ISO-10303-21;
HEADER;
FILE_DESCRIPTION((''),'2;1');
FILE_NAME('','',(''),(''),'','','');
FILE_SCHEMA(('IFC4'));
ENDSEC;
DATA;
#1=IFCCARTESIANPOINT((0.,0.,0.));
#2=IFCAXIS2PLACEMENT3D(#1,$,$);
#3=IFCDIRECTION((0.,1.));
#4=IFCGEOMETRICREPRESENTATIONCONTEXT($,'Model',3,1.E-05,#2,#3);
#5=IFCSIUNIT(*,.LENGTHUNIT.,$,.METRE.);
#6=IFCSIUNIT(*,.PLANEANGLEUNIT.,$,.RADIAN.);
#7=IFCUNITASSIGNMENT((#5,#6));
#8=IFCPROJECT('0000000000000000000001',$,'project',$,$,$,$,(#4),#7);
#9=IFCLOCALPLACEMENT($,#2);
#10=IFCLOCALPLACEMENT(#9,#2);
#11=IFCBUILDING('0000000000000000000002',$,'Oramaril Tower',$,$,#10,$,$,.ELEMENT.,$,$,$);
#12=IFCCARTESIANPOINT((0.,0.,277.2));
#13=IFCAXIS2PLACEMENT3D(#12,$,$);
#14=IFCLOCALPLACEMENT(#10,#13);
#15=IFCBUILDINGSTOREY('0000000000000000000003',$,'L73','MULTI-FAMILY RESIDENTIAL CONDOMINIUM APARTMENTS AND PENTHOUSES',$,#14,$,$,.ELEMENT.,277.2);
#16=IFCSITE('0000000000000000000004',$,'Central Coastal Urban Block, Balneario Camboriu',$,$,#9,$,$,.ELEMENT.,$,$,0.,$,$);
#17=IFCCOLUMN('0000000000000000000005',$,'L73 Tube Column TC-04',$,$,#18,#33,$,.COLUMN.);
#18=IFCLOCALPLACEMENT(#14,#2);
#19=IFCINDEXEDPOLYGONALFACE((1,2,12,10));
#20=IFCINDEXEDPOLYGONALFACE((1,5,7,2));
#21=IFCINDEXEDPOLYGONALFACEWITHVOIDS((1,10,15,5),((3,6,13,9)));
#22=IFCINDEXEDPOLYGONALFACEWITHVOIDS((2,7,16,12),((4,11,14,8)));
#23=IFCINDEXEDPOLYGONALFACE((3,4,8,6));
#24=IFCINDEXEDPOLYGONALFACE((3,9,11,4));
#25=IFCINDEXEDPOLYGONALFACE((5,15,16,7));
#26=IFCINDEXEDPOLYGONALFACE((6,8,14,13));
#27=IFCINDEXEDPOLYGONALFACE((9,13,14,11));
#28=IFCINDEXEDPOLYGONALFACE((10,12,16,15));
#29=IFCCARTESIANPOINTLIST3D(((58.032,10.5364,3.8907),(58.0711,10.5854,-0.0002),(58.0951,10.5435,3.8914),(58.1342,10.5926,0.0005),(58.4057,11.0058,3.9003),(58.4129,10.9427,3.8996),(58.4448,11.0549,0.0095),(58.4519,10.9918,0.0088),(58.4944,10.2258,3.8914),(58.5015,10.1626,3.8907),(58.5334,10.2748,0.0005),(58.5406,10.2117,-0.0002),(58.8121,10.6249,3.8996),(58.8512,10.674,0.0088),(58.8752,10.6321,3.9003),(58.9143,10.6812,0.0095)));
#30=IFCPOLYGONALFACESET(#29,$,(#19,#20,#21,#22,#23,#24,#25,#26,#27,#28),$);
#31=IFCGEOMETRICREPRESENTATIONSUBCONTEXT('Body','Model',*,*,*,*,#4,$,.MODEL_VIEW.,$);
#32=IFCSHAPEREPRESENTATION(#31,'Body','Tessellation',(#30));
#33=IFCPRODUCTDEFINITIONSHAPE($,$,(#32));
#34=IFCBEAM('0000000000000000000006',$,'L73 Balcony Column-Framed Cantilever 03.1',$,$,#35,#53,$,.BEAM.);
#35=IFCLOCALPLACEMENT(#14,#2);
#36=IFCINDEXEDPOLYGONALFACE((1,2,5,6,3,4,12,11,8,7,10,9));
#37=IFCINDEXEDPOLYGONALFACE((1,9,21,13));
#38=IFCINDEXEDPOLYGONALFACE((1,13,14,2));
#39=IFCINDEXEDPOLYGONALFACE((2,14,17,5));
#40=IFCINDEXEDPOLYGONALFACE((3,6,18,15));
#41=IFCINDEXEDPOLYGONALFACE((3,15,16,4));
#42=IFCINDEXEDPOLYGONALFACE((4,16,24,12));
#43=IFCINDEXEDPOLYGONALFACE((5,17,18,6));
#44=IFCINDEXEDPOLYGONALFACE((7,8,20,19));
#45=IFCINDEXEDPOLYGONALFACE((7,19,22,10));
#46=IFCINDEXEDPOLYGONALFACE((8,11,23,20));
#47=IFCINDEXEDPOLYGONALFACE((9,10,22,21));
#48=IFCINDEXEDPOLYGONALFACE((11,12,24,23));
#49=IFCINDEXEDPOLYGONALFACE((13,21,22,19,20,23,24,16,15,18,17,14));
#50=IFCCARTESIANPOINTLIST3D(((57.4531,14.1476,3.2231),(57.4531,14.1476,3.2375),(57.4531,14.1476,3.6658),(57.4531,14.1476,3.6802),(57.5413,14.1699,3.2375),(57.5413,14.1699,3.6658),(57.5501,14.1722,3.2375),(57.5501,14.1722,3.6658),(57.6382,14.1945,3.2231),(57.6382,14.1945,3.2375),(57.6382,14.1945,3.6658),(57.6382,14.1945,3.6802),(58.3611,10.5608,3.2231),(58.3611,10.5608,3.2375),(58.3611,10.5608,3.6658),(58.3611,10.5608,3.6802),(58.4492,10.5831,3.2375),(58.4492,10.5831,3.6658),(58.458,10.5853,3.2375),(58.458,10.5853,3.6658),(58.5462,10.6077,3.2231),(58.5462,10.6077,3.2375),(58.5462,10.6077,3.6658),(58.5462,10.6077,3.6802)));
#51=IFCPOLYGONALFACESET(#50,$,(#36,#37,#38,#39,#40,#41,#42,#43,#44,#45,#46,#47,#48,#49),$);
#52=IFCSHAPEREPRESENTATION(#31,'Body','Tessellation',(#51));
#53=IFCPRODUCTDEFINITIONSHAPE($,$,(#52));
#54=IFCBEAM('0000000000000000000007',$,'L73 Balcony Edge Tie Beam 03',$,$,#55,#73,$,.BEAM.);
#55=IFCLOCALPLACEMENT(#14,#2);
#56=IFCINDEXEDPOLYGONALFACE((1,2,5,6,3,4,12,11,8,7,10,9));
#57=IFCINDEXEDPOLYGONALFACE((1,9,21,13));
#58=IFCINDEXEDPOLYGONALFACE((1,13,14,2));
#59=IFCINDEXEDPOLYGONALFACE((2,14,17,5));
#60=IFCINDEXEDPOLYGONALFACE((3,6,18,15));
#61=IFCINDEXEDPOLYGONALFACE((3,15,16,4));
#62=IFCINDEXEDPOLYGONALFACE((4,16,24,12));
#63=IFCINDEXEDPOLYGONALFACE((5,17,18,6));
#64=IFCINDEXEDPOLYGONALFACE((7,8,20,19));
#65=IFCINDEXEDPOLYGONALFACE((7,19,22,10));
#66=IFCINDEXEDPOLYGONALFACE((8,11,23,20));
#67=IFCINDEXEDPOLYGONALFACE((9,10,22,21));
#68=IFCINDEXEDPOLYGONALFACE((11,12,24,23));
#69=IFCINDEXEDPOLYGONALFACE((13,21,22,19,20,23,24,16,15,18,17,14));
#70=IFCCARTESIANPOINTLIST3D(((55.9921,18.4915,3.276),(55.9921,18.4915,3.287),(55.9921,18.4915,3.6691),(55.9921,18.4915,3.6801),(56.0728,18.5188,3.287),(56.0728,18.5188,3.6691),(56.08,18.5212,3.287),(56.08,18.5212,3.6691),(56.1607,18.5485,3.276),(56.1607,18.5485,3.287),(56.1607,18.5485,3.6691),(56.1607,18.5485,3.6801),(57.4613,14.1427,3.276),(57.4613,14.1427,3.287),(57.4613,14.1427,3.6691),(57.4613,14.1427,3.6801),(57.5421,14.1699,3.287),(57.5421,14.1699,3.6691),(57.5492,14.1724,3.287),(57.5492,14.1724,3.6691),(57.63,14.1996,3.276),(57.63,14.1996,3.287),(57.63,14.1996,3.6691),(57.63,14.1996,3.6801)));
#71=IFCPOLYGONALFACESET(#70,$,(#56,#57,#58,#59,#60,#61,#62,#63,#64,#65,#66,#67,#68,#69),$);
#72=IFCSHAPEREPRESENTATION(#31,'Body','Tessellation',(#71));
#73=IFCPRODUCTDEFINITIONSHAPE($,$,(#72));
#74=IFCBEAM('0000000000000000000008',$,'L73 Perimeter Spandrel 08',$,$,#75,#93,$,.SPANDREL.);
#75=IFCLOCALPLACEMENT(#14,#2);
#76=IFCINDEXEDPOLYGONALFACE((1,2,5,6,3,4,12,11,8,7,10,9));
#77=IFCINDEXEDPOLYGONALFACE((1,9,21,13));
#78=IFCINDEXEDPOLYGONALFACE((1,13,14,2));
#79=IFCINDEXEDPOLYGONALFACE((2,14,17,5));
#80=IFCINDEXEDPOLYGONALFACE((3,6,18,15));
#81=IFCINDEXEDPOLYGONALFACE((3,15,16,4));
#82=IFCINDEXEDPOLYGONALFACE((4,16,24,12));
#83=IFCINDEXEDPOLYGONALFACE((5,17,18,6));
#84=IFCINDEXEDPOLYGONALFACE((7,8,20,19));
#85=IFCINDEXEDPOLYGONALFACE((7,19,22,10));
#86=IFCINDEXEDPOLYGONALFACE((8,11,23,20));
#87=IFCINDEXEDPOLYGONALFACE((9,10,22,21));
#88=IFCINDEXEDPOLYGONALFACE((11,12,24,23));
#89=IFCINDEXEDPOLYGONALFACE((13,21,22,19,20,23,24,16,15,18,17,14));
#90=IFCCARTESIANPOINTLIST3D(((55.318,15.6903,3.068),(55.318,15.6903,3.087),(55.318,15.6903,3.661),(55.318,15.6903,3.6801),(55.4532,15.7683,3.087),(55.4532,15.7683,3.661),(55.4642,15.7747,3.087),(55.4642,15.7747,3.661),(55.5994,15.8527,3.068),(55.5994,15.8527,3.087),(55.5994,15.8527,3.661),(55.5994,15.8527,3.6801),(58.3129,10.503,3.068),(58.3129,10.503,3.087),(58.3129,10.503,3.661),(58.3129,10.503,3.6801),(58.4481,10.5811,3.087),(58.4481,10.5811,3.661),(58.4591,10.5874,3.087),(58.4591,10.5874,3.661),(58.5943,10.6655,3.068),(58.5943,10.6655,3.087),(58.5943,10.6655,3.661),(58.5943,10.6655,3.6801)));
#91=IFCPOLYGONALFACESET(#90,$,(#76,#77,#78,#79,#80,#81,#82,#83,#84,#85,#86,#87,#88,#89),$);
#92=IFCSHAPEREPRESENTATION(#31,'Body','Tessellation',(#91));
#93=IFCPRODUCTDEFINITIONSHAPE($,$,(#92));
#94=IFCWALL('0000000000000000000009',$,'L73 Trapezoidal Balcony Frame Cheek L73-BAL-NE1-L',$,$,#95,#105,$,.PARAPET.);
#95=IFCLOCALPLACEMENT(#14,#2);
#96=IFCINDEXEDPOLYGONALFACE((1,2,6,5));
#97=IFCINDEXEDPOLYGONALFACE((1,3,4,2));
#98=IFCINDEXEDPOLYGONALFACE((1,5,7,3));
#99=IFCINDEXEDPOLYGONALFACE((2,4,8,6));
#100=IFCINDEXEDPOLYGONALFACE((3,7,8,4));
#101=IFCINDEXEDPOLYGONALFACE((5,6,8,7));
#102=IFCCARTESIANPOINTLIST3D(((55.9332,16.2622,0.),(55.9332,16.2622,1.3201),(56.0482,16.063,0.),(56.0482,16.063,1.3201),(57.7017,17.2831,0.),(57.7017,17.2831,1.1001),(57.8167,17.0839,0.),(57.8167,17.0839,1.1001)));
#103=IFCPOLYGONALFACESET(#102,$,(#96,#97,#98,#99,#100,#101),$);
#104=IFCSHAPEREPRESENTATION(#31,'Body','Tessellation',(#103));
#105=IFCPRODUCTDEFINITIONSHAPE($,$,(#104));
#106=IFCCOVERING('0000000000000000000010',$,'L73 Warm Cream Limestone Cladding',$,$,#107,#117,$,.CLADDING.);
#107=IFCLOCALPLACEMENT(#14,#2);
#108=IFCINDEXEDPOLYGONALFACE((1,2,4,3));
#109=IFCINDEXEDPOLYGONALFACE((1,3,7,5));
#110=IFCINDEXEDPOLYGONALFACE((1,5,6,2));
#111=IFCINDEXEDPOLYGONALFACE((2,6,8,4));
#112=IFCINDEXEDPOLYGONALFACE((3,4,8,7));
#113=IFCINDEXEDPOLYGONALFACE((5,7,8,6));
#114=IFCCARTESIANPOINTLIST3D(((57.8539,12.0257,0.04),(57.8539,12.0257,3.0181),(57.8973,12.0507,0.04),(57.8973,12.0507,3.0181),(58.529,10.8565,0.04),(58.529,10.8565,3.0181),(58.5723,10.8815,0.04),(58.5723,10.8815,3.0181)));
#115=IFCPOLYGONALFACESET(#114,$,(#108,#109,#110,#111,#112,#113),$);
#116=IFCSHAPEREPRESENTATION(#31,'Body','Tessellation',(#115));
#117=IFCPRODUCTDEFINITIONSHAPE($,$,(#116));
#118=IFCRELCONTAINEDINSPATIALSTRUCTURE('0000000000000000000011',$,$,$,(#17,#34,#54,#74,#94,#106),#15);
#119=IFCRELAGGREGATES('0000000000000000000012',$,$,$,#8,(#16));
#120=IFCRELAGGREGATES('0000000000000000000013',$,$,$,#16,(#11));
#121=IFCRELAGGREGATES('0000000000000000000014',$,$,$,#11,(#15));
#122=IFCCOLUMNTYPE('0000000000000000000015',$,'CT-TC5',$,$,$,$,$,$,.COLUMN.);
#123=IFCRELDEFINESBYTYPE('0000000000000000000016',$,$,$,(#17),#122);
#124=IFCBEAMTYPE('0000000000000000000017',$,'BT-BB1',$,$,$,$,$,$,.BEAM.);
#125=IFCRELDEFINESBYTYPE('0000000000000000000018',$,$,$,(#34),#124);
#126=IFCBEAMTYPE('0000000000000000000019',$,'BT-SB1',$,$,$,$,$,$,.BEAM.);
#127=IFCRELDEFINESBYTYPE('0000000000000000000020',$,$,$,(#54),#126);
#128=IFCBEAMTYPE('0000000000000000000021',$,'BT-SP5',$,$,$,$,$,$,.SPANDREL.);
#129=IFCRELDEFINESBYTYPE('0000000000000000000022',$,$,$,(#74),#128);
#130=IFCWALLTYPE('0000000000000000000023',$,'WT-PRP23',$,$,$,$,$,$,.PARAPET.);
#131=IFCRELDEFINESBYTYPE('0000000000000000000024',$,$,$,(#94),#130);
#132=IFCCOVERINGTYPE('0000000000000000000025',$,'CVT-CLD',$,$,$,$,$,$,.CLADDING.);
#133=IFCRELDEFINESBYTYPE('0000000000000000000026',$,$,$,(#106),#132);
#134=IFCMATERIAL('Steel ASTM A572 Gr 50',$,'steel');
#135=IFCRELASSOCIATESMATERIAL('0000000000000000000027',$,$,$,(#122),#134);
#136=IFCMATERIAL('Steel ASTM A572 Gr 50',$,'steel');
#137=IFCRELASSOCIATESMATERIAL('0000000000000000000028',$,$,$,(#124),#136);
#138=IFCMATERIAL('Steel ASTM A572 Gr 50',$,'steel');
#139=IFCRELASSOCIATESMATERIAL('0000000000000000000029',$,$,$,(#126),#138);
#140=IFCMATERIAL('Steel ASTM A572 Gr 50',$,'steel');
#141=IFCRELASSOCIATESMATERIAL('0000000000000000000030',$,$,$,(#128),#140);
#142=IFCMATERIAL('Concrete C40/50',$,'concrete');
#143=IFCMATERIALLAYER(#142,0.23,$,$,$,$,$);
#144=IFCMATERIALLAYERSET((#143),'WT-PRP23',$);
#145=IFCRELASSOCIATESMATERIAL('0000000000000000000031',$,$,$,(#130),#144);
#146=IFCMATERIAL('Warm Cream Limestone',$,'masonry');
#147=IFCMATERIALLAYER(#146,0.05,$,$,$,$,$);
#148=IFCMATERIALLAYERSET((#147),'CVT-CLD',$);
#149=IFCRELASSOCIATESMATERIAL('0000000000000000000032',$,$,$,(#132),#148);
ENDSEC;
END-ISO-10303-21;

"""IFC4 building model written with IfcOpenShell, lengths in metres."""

from ifc_helpers import new_model, si_unit, direction, frame, origin, origin_2d, place, context, subcontext, project, spatial, polyline, rectangle, hollow_rectangle, i_section, outline, extrude, material, layer, layer_set, material_profile, profile_set, type_object, element, save


model = new_model("IFC4")

# Units and contexts
model_context = context("Model", 3, precision=1e-05, world=origin(), true_north=direction((0.0, 1.0)))
body_context = subcontext(model_context, "Body", "Model", "MODEL_VIEW")
ifc_project = project(units=[si_unit("LENGTHUNIT", "METRE"), si_unit("PLANEANGLEUNIT", "RADIAN")], contexts=[model_context])

# Site, building, storey
site_placement = place(None, origin())
site = spatial("IfcSite", under=ifc_project, at=site_placement, Name="Central Coastal Urban Block, Balneario Camboriu", CompositionType="ELEMENT", RefElevation=0.0)
building_placement = place(site_placement, origin())
building = spatial("IfcBuilding", under=site, at=building_placement, Name="Oramaril Tower", CompositionType="ELEMENT")
storey_placement = place(building_placement, frame((0.0, 0.0, 277.2)))
storey = spatial("IfcBuildingStorey", under=building, at=storey_placement, Name="L73", Description="MULTI-FAMILY RESIDENTIAL CONDOMINIUM APARTMENTS AND PENTHOUSES", CompositionType="ELEMENT", Elevation=277.2)

# Column
ifc_material_1 = material(Name="Steel ASTM A572 Gr 50", Category="steel")
ifc_material_profile_1 = material_profile(ifc_material_1, hollow_rectangle(XDim=0.6001, YDim=0.6001, WallThickness=0.0449, at=origin_2d()), Name="BOX600X600X45")
ifc_profile_set_1 = profile_set([ifc_material_profile_1], Name="Steel ASTM A572 Gr 50")
column_type = type_object("IfcColumnType", Name="CT-TC5", PredefinedType="COLUMN", material=ifc_profile_set_1)
column_placement = place(storey_placement, frame((58.4927, 10.6333, 0.0046), z_axis=(-0.010038, -0.012611, 0.99987), x_axis=(0.782386, -0.622794, 0.0)))
element("IfcColumn", 1, at=column_placement, inside=storey, type_object=column_type, Name="L73 Tube Column TC-04", PredefinedType="COLUMN", context=body_context, shape_type="SweptSolid", body=[
    extrude(hollow_rectangle(XDim=0.6001, YDim=0.6001, WallThickness=0.0449, at=origin_2d()), origin(), (0.0, 0.0, 1.0), 3.8914),
])

# Beams
ifc_material_2 = material(Name="Steel ASTM A572 Gr 50", Category="steel")
ifc_material_profile_2 = material_profile(ifc_material_2, i_section(OverallWidth=0.1909, OverallDepth=0.457, WebThickness=0.009, FlangeThickness=0.0144, at=origin_2d()), Name="W18X50")
ifc_profile_set_2 = profile_set([ifc_material_profile_2], Name="Steel ASTM A572 Gr 50")
beam_type_1 = type_object("IfcBeamType", Name="BT-BB1", PredefinedType="BEAM", material=ifc_profile_set_2)
beam_1_placement = place(storey_placement, frame((58.4536, 10.5842, 3.4517), z_axis=(-0.245391, 0.969424, 0.0), x_axis=(-0.969424, -0.245391, 0.0)))
element("IfcBeam", 2, at=beam_1_placement, inside=storey, type_object=beam_type_1, Name="L73 Balcony Column-Framed Cantilever 03.1", PredefinedType="BEAM", context=body_context, shape_type="SweptSolid", body=[
    extrude(i_section(OverallWidth=0.1909, OverallDepth=0.457, WebThickness=0.009, FlangeThickness=0.0144, at=origin_2d()), origin(), (0.0, 0.0, 1.0), 3.7),
])
ifc_material_3 = material(Name="Steel ASTM A572 Gr 50", Category="steel")
ifc_material_profile_3 = material_profile(ifc_material_3, i_section(OverallWidth=0.178, OverallDepth=0.4041, WebThickness=0.0076, FlangeThickness=0.011, at=origin_2d()), Name="W16X36")
ifc_profile_set_3 = profile_set([ifc_material_profile_3], Name="Steel ASTM A572 Gr 50")
beam_type_2 = type_object("IfcBeamType", Name="BT-SB1", PredefinedType="BEAM", material=ifc_profile_set_3)
beam_2_placement = place(storey_placement, frame((57.5457, 14.1711, 3.478), z_axis=(-0.32007, 0.947394, 0.0), x_axis=(-0.947394, -0.32007, 0.0)))
element("IfcBeam", 3, at=beam_2_placement, inside=storey, type_object=beam_type_2, Name="L73 Balcony Edge Tie Beam 03", PredefinedType="BEAM", context=body_context, shape_type="SweptSolid", body=[
    extrude(i_section(OverallWidth=0.178, OverallDepth=0.4041, WebThickness=0.0076, FlangeThickness=0.011, at=origin_2d()), origin(), (0.0, 0.0, 1.0), 4.5903),
])
ifc_material_4 = material(Name="Steel ASTM A572 Gr 50", Category="steel")
ifc_material_profile_4 = material_profile(ifc_material_4, i_section(OverallWidth=0.325, OverallDepth=0.6121, WebThickness=0.0127, FlangeThickness=0.019, at=origin_2d()), Name="W24X104")
ifc_profile_set_4 = profile_set([ifc_material_profile_4], Name="Steel ASTM A572 Gr 50")
beam_type_3 = type_object("IfcBeamType", Name="BT-SP5", PredefinedType="SPANDREL", material=ifc_profile_set_4)
beam_3_placement = place(storey_placement, frame((58.4536, 10.5842, 3.374), z_axis=(-0.500001, 0.866025, 0.0), x_axis=(-0.866025, -0.500001, 0.0)))
element("IfcBeam", 4, at=beam_3_placement, inside=storey, type_object=beam_type_3, Name="L73 Perimeter Spandrel 08", PredefinedType="SPANDREL", context=body_context, shape_type="SweptSolid", body=[
    extrude(i_section(OverallWidth=0.325, OverallDepth=0.6121, WebThickness=0.0127, FlangeThickness=0.019, at=origin_2d()), origin(), (0.0, 0.0, 1.0), 5.9897),
])

# Wall
ifc_material_5 = material(Name="Concrete C40/50", Category="concrete")
ifc_layer_1 = layer(ifc_material_5, 0.23)
ifc_layer_set_1 = layer_set([ifc_layer_1], Name="WT-PRP23")
wall_type_1 = type_object("IfcWallType", Name="WT-PRP23", PredefinedType="PARAPET", material=ifc_layer_set_1)
wall_1_placement = place(storey_placement, frame((55.9907, 16.1626, 0.0), z_axis=(0.0, 0.0, 1.0), x_axis=(0.866042, 0.499971, 0.0)))
element("IfcWall", 5, at=wall_1_placement, inside=storey, type_object=wall_type_1, Name="L73 Trapezoidal Balcony Frame Cheek L73-BAL-NE1-L", PredefinedType="PARAPET", context=body_context, shape_type="SweptSolid", body=[
    extrude(outline(polyline([(0.0, 0.0), (2.042, 0.0), (2.042, 1.1001), (0.0, 1.3201), (0.0, 0.0)])), frame((0.0, 0.115, 0.0), z_axis=(0.0, -1.0, 0.0), x_axis=(1.0, 0.0, 0.0)), (0.0, 0.0, 1.0), 0.23),
])

# Covering
ifc_material_6 = material(Name="Warm Cream Limestone", Category="masonry")
ifc_layer_2 = layer(ifc_material_6, 0.05)
ifc_layer_set_2 = layer_set([ifc_layer_2], Name="CVT-CLD")
covering_type = type_object("IfcCoveringType", Name="CVT-CLD", PredefinedType="CLADDING", material=ifc_layer_set_2)
covering_placement = place(storey_placement, frame((58.2131, 11.4536, 0.04), z_axis=(0.0, 0.0, 1.0), x_axis=(-0.499998, 0.866026, 0.0)))
element("IfcCovering", 6, at=covering_placement, inside=storey, type_object=covering_type, Name="L73 Warm Cream Limestone Cladding", PredefinedType="CLADDING", context=body_context, shape_type="SweptSolid", body=[
    extrude(rectangle(XDim=1.3501, YDim=0.05, at=origin_2d()), origin(), (0.0, 0.0, 1.0), 2.978),
])

save(model, "model.ifc")
